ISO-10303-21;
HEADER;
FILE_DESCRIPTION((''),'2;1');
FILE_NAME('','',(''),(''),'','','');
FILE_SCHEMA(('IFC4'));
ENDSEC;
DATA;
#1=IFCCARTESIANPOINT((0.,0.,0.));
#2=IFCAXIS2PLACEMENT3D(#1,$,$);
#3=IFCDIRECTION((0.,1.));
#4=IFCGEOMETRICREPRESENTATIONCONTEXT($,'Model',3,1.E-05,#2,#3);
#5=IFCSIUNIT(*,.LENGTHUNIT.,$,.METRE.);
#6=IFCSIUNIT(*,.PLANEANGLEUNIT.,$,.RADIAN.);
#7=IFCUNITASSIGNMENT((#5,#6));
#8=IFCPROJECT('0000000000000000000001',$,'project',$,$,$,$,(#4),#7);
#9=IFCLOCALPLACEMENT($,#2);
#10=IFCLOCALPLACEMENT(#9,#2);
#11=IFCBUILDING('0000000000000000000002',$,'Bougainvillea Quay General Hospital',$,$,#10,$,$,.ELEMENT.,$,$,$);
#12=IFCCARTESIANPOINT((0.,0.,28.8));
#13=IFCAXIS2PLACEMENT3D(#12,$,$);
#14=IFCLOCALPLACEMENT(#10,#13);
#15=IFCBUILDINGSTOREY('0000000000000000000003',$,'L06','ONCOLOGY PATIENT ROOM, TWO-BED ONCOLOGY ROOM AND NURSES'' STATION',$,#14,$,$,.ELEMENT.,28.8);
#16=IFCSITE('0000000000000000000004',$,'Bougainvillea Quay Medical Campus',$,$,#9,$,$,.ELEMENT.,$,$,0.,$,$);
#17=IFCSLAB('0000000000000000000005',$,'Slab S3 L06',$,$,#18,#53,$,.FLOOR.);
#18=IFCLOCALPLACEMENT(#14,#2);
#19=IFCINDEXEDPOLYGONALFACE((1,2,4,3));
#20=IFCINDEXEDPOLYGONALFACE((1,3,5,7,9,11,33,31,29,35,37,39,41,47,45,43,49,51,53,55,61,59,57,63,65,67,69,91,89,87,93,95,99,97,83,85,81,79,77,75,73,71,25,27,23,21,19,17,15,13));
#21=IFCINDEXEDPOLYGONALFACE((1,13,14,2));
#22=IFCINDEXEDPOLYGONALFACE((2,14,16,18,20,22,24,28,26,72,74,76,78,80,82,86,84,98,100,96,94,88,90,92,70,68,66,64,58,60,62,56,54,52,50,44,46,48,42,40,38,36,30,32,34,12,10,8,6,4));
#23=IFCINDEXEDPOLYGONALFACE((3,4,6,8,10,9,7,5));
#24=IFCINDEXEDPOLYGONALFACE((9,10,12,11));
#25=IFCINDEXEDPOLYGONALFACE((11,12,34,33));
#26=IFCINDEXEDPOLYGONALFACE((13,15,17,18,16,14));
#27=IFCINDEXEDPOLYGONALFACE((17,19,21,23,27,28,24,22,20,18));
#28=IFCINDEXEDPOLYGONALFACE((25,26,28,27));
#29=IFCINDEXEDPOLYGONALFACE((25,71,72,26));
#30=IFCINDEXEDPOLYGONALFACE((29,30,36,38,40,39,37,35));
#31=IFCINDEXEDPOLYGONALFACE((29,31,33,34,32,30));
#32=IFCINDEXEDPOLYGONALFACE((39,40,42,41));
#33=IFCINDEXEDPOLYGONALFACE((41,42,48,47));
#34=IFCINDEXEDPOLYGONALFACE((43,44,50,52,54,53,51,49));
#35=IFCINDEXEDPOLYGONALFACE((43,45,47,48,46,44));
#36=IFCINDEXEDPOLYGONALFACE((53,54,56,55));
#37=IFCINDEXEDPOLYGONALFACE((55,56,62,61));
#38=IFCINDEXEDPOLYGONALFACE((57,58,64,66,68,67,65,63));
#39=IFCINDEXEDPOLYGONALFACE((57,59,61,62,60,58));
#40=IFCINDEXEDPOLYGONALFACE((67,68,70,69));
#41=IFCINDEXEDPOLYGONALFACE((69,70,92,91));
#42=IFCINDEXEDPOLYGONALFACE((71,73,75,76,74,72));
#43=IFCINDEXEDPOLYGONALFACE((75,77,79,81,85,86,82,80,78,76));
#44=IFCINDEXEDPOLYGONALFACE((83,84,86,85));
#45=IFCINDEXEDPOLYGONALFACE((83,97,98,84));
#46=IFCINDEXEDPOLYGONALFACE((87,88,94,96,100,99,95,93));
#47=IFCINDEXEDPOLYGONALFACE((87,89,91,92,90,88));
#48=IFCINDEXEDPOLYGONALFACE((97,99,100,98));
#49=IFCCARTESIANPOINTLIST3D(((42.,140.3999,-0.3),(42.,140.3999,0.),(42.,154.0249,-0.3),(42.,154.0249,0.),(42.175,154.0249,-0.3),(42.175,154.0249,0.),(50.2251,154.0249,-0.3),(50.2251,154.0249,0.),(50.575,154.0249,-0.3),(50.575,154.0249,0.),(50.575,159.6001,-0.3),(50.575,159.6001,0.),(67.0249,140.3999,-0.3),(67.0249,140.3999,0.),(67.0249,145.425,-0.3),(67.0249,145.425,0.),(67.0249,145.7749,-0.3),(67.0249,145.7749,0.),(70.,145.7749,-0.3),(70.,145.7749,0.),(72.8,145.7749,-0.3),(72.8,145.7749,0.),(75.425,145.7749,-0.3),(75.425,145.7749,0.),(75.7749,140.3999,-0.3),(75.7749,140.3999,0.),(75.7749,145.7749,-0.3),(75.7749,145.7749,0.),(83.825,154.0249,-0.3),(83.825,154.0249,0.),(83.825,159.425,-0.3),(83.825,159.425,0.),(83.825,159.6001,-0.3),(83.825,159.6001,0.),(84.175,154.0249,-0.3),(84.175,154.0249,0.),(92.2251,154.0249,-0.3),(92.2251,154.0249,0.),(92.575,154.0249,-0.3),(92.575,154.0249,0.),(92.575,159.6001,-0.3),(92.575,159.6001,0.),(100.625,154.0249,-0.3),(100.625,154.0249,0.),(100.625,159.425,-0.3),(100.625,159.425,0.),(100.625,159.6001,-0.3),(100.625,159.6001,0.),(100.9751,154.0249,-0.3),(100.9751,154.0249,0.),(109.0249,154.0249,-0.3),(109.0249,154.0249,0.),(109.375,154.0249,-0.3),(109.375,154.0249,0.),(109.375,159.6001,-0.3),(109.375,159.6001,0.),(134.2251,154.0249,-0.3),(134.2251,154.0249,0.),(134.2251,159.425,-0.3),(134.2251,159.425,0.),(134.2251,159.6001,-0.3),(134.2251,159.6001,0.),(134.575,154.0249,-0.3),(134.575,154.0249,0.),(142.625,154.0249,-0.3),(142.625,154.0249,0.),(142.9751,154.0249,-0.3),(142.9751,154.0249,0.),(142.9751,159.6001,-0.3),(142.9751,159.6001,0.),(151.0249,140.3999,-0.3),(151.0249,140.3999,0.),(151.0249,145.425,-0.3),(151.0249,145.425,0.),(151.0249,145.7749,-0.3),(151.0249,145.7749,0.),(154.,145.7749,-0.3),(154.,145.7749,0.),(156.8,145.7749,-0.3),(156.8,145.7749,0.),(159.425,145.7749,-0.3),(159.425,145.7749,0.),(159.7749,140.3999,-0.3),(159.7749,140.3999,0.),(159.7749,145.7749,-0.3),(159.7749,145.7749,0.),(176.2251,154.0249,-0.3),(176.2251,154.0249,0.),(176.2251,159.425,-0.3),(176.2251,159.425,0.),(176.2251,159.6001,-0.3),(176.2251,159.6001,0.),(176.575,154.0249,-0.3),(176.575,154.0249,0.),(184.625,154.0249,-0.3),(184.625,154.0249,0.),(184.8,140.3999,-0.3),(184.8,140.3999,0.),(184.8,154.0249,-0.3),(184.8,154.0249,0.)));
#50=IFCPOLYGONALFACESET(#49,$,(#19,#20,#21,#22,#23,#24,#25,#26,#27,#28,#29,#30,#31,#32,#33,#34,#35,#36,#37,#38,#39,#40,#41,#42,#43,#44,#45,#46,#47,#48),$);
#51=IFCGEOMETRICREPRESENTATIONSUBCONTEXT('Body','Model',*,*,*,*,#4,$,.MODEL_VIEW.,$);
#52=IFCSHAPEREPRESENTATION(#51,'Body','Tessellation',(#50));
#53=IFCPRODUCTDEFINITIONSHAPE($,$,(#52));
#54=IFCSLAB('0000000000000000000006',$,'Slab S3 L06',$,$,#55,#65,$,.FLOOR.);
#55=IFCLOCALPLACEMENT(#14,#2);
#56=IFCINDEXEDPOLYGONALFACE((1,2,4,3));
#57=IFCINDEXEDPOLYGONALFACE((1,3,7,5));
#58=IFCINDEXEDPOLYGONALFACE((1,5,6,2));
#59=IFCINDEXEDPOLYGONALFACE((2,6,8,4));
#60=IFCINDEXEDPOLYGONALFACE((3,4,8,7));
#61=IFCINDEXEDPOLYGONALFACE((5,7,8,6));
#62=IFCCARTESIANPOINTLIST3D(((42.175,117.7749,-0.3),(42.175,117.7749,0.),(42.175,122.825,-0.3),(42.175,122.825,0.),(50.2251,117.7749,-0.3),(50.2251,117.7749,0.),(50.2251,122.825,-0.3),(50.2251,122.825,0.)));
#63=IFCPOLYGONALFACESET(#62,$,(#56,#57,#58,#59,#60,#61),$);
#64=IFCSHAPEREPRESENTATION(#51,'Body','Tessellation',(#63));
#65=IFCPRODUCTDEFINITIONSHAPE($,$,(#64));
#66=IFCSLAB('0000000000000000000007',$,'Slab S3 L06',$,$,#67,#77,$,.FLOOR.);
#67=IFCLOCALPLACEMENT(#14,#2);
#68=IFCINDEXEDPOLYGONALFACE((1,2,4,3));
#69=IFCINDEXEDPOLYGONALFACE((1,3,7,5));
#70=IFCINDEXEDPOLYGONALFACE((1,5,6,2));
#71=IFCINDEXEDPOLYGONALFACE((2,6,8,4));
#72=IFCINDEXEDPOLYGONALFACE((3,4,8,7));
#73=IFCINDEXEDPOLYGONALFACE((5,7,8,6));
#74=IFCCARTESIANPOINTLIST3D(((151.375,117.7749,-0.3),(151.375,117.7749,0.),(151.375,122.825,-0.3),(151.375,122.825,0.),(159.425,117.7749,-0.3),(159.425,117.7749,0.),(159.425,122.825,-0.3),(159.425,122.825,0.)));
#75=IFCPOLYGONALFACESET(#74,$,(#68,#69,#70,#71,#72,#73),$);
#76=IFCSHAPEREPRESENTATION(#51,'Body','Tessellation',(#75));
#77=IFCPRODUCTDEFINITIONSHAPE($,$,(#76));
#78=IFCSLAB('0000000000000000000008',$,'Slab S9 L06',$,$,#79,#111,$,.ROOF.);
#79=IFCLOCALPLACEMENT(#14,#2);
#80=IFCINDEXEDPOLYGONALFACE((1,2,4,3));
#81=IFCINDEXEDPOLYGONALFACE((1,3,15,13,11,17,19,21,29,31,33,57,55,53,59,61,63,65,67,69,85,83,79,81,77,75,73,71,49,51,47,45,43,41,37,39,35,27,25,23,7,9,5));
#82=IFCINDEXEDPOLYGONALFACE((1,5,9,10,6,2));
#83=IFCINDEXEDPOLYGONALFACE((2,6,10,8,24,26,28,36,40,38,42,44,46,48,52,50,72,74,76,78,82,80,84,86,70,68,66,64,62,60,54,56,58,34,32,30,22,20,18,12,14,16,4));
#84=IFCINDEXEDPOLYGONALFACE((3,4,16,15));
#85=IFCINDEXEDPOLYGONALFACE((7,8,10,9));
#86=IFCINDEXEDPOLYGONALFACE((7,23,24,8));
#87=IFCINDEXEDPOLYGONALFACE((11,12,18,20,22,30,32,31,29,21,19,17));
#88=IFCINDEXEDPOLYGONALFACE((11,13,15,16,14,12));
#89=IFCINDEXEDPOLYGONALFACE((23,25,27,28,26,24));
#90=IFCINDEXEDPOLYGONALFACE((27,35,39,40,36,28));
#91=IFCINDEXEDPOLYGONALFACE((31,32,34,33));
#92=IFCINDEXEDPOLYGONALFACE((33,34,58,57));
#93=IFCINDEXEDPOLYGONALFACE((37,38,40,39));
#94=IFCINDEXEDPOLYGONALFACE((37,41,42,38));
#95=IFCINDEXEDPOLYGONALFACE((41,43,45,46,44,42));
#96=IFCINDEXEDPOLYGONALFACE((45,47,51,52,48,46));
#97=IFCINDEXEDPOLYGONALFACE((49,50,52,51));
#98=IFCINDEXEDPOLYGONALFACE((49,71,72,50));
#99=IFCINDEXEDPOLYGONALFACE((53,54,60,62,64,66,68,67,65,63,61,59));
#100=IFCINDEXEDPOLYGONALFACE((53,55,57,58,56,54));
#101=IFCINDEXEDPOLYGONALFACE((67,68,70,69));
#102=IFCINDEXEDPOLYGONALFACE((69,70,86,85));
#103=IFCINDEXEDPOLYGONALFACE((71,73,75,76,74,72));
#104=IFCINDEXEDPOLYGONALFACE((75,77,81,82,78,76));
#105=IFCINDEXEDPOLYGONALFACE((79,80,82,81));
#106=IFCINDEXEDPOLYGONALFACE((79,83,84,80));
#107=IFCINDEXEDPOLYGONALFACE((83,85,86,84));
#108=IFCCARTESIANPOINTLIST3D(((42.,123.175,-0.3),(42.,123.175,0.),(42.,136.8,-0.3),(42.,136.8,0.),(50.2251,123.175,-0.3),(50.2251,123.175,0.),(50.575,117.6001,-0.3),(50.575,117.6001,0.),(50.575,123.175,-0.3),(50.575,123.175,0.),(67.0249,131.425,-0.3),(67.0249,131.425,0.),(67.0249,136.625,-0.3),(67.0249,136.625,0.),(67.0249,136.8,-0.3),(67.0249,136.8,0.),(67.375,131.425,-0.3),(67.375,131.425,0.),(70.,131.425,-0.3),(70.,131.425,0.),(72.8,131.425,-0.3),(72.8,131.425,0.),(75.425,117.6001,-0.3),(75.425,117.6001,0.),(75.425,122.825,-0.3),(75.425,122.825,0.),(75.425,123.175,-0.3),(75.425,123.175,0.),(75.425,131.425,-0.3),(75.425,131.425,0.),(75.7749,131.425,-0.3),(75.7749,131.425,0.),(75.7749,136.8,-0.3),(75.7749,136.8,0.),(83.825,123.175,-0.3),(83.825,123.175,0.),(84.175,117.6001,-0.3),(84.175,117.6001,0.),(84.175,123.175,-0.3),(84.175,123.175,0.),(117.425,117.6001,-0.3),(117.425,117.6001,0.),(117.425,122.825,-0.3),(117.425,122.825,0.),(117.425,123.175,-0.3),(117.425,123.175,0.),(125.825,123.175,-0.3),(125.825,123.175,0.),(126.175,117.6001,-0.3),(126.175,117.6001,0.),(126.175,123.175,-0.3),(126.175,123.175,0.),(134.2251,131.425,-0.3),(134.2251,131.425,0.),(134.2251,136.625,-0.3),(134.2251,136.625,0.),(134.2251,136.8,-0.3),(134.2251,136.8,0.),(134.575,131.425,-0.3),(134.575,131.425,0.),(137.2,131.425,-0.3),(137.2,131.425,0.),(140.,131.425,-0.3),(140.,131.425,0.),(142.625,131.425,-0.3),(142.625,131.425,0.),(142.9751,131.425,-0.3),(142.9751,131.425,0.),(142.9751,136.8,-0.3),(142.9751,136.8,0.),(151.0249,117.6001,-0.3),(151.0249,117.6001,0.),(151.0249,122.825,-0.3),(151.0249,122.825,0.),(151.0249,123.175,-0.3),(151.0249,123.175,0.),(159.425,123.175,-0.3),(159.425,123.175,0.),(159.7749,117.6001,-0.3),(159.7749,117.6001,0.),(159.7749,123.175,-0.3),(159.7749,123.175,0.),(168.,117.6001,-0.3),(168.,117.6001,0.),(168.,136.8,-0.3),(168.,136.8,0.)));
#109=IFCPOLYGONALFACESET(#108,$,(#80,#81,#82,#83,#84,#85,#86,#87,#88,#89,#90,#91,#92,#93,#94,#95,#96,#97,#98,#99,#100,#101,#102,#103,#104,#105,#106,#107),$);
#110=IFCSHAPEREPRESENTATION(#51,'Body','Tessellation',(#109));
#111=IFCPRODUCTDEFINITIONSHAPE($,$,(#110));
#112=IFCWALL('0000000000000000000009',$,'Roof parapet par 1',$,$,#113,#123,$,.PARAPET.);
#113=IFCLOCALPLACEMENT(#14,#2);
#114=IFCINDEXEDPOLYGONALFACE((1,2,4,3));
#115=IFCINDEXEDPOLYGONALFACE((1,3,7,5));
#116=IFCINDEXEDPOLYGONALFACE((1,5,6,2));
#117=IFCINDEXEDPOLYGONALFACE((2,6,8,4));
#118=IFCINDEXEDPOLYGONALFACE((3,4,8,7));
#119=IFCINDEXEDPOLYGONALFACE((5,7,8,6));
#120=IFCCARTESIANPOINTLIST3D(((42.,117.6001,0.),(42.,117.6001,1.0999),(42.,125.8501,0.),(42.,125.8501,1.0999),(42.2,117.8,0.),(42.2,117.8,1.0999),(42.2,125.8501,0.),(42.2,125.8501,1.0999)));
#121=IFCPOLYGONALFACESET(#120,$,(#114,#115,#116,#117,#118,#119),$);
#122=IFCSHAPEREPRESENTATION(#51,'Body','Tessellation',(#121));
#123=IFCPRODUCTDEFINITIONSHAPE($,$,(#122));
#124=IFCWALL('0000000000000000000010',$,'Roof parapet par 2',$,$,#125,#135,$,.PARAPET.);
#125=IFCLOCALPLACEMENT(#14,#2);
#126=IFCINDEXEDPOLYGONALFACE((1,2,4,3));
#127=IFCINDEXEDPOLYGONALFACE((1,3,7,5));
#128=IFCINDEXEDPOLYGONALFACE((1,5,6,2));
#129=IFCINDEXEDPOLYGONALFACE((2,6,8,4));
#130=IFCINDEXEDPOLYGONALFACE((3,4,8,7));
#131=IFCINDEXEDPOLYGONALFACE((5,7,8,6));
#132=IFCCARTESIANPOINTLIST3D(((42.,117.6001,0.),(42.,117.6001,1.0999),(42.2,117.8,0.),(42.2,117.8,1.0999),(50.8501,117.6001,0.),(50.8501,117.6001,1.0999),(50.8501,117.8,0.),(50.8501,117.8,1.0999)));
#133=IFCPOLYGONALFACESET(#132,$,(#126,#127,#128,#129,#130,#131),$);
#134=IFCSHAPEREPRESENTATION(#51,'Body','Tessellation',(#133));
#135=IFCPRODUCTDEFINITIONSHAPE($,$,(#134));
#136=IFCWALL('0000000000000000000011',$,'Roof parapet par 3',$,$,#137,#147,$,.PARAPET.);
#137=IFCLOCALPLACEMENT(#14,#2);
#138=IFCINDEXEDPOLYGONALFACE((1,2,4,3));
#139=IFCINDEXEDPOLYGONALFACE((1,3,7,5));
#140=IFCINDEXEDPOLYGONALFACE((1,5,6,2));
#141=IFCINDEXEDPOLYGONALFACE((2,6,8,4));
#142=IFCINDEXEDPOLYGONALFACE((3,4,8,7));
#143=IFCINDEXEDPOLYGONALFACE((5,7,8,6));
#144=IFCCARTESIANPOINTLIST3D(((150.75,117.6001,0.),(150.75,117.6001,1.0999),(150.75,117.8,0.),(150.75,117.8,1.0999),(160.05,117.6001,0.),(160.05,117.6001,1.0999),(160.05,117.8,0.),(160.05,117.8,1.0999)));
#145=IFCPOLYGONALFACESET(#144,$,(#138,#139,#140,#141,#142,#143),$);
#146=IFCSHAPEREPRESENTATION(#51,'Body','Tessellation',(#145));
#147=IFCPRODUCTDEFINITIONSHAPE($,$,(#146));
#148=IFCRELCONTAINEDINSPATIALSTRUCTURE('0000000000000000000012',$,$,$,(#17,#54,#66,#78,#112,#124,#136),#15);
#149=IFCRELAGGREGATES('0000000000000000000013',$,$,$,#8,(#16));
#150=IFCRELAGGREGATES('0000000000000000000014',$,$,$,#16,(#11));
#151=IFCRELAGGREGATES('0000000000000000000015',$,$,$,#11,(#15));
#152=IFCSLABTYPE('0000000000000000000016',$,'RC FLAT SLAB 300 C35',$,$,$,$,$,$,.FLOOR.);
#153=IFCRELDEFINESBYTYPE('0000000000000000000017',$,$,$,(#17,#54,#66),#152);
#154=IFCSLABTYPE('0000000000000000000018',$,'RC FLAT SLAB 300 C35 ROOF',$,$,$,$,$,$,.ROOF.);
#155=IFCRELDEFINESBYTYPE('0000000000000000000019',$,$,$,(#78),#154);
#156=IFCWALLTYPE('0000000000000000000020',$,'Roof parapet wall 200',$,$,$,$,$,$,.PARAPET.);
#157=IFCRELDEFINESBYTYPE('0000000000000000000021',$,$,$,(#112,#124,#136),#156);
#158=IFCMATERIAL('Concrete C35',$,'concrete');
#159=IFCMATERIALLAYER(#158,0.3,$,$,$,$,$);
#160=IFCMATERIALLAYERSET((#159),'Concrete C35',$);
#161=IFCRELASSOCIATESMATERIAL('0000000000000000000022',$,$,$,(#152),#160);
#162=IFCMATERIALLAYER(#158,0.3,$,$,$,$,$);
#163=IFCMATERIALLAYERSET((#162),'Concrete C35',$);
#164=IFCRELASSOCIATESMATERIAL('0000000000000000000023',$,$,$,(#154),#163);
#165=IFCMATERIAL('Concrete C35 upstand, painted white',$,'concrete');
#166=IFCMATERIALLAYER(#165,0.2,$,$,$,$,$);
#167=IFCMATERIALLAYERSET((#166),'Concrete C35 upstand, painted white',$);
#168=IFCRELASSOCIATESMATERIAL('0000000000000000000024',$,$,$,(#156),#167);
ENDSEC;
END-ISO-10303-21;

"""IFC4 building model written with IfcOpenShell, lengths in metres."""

from ifc_helpers import new_model, si_unit, direction, frame, origin, place, context, subcontext, project, spatial, polyline, outline, extrude, material, layer, layer_set, type_object, element, save


model = new_model("IFC4")

# Units and contexts
model_context = context("Model", 3, precision=1e-05, world=origin(), true_north=direction((0.0, 1.0)))
body_context = subcontext(model_context, "Body", "Model", "MODEL_VIEW")
ifc_project = project(units=[si_unit("LENGTHUNIT", "METRE"), si_unit("PLANEANGLEUNIT", "RADIAN")], contexts=[model_context])

# Site, building, storey
site_placement = place(None, origin())
site = spatial("IfcSite", under=ifc_project, at=site_placement, Name="Bougainvillea Quay Medical Campus", CompositionType="ELEMENT", RefElevation=0.0)
building_placement = place(site_placement, origin())
building = spatial("IfcBuilding", under=site, at=building_placement, Name="Bougainvillea Quay General Hospital", CompositionType="ELEMENT")
storey_placement = place(building_placement, frame((0.0, 0.0, 28.8)))
storey = spatial("IfcBuildingStorey", under=building, at=storey_placement, Name="L06", Description="ONCOLOGY PATIENT ROOM, TWO-BED ONCOLOGY ROOM AND NURSES' STATION", CompositionType="ELEMENT", Elevation=28.8)

# Slabs
ifc_material_1 = material(Name="Concrete C35", Category="concrete")
ifc_layer_1 = layer(ifc_material_1, 0.3)
ifc_layer_set_1 = layer_set([ifc_layer_1], Name="Concrete C35")
slab_type_1 = type_object("IfcSlabType", Name="RC FLAT SLAB 300 C35", PredefinedType="FLOOR", material=ifc_layer_set_1)
slab_1_placement = place(storey_placement, frame((0.0, 0.0, -0.3)))
element("IfcSlab", 1, at=slab_1_placement, inside=storey, type_object=slab_type_1, Name="Slab S3 L06", PredefinedType="FLOOR", context=body_context, shape_type="SweptSolid", body=[
    extrude(outline(polyline([(184.8, 140.3999), (184.8, 154.0249), (184.625, 154.0249), (176.575, 154.0249), (176.2251, 154.0249), (176.2251, 159.425), (176.2251, 159.6001), (142.9751, 159.6001), (142.9751, 154.0249), (142.625, 154.0249), (134.575, 154.0249), (134.2251, 154.0249), (134.2251, 159.425), (134.2251, 159.6001), (109.375, 159.6001), (109.375, 154.0249), (109.0249, 154.0249), (100.9751, 154.0249), (100.625, 154.0249), (100.625, 159.425), (100.625, 159.6001), (92.575, 159.6001), (92.575, 154.0249), (92.2251, 154.0249), (84.175, 154.0249), (83.825, 154.0249), (83.825, 159.425), (83.825, 159.6001), (50.575, 159.6001), (50.575, 154.0249), (50.2251, 154.0249), (42.175, 154.0249), (42.0, 154.0249), (42.0, 140.3999), (67.0249, 140.3999), (67.0249, 145.425), (67.0249, 145.7749), (70.0, 145.7749), (72.8, 145.7749), (75.425, 145.7749), (75.7749, 145.7749), (75.7749, 140.3999), (151.0249, 140.3999), (151.0249, 145.425), (151.0249, 145.7749), (154.0, 145.7749), (156.8, 145.7749), (159.425, 145.7749), (159.7749, 145.7749), (159.7749, 140.3999), (184.8, 140.3999)])), origin(), (0.0, 0.0, 1.0), 0.3),
])
slab_2_placement = place(storey_placement, frame((0.0, 0.0, -0.3)))
element("IfcSlab", 2, at=slab_2_placement, inside=storey, type_object=slab_type_1, Name="Slab S3 L06", PredefinedType="FLOOR", context=body_context, shape_type="SweptSolid", body=[
    extrude(outline(polyline([(42.175, 122.825), (42.175, 117.7749), (50.2251, 117.7749), (50.2251, 122.825), (42.175, 122.825)])), origin(), (0.0, 0.0, 1.0), 0.3),
])
slab_3_placement = place(storey_placement, frame((0.0, 0.0, -0.3)))
element("IfcSlab", 3, at=slab_3_placement, inside=storey, type_object=slab_type_1, Name="Slab S3 L06", PredefinedType="FLOOR", context=body_context, shape_type="SweptSolid", body=[
    extrude(outline(polyline([(159.425, 117.7749), (159.425, 122.825), (151.375, 122.825), (151.375, 117.7749), (159.425, 117.7749)])), origin(), (0.0, 0.0, 1.0), 0.3),
])
ifc_layer_2 = layer(ifc_material_1, 0.3)
ifc_layer_set_2 = layer_set([ifc_layer_2], Name="Concrete C35")
slab_type_2 = type_object("IfcSlabType", Name="RC FLAT SLAB 300 C35 ROOF", PredefinedType="ROOF", material=ifc_layer_set_2)
slab_4_placement = place(storey_placement, frame((0.0, 0.0, -0.3)))
element("IfcSlab", 4, at=slab_4_placement, inside=storey, type_object=slab_type_2, Name="Slab S9 L06", PredefinedType="ROOF", context=body_context, shape_type="SweptSolid", body=[
    extrude(outline(polyline([(159.7749, 117.6001), (168.0, 117.6001), (168.0, 136.8), (142.9751, 136.8), (142.9751, 131.425), (142.625, 131.425), (140.0, 131.425), (137.2, 131.425), (134.575, 131.425), (134.2251, 131.425), (134.2251, 136.625), (134.2251, 136.8), (75.7749, 136.8), (75.7749, 131.425), (75.425, 131.425), (72.8, 131.425), (70.0, 131.425), (67.375, 131.425), (67.0249, 131.425), (67.0249, 136.625), (67.0249, 136.8), (42.0, 136.8), (42.0, 123.175), (50.2251, 123.175), (50.575, 123.175), (50.575, 117.6001), (75.425, 117.6001), (75.425, 122.825), (75.425, 123.175), (83.825, 123.175), (84.175, 123.175), (84.175, 117.6001), (117.425, 117.6001), (117.425, 122.825), (117.425, 123.175), (125.825, 123.175), (126.175, 123.175), (126.175, 117.6001), (151.0249, 117.6001), (151.0249, 122.825), (151.0249, 123.175), (159.425, 123.175), (159.7749, 123.175), (159.7749, 117.6001)])), origin(), (0.0, 0.0, 1.0), 0.3),
])

# Walls
ifc_material_2 = material(Name="Concrete C35 upstand, painted white", Category="concrete")
ifc_layer_3 = layer(ifc_material_2, 0.2)
ifc_layer_set_3 = layer_set([ifc_layer_3], Name="Concrete C35 upstand, painted white")
wall_type = type_object("IfcWallType", Name="Roof parapet wall 200", PredefinedType="PARAPET", material=ifc_layer_set_3)
wall_1_placement = place(storey_placement, origin())
element("IfcWall", 5, at=wall_1_placement, inside=storey, type_object=wall_type, Name="Roof parapet par 1", PredefinedType="PARAPET", context=body_context, shape_type="SweptSolid", body=[
    extrude(outline(polyline([(42.0, 117.6001), (42.0, 125.8501), (42.2, 125.8501), (42.2, 117.8), (42.0, 117.6001)])), origin(), (0.0, 0.0, 1.0), 1.0999),
])
wall_2_placement = place(storey_placement, origin())
element("IfcWall", 6, at=wall_2_placement, inside=storey, type_object=wall_type, Name="Roof parapet par 2", PredefinedType="PARAPET", context=body_context, shape_type="SweptSolid", body=[
    extrude(outline(polyline([(42.2, 117.8), (50.8501, 117.8), (50.8501, 117.6001), (42.0, 117.6001), (42.2, 117.8)])), origin(), (0.0, 0.0, 1.0), 1.0999),
])
wall_3_placement = place(storey_placement, origin())
element("IfcWall", 7, at=wall_3_placement, inside=storey, type_object=wall_type, Name="Roof parapet par 3", PredefinedType="PARAPET", context=body_context, shape_type="SweptSolid", body=[
    extrude(outline(polyline([(150.75, 117.8), (160.05, 117.8), (160.05, 117.6001), (150.75, 117.6001), (150.75, 117.8)])), origin(), (0.0, 0.0, 1.0), 1.0999),
])

save(model, "model.ifc")
